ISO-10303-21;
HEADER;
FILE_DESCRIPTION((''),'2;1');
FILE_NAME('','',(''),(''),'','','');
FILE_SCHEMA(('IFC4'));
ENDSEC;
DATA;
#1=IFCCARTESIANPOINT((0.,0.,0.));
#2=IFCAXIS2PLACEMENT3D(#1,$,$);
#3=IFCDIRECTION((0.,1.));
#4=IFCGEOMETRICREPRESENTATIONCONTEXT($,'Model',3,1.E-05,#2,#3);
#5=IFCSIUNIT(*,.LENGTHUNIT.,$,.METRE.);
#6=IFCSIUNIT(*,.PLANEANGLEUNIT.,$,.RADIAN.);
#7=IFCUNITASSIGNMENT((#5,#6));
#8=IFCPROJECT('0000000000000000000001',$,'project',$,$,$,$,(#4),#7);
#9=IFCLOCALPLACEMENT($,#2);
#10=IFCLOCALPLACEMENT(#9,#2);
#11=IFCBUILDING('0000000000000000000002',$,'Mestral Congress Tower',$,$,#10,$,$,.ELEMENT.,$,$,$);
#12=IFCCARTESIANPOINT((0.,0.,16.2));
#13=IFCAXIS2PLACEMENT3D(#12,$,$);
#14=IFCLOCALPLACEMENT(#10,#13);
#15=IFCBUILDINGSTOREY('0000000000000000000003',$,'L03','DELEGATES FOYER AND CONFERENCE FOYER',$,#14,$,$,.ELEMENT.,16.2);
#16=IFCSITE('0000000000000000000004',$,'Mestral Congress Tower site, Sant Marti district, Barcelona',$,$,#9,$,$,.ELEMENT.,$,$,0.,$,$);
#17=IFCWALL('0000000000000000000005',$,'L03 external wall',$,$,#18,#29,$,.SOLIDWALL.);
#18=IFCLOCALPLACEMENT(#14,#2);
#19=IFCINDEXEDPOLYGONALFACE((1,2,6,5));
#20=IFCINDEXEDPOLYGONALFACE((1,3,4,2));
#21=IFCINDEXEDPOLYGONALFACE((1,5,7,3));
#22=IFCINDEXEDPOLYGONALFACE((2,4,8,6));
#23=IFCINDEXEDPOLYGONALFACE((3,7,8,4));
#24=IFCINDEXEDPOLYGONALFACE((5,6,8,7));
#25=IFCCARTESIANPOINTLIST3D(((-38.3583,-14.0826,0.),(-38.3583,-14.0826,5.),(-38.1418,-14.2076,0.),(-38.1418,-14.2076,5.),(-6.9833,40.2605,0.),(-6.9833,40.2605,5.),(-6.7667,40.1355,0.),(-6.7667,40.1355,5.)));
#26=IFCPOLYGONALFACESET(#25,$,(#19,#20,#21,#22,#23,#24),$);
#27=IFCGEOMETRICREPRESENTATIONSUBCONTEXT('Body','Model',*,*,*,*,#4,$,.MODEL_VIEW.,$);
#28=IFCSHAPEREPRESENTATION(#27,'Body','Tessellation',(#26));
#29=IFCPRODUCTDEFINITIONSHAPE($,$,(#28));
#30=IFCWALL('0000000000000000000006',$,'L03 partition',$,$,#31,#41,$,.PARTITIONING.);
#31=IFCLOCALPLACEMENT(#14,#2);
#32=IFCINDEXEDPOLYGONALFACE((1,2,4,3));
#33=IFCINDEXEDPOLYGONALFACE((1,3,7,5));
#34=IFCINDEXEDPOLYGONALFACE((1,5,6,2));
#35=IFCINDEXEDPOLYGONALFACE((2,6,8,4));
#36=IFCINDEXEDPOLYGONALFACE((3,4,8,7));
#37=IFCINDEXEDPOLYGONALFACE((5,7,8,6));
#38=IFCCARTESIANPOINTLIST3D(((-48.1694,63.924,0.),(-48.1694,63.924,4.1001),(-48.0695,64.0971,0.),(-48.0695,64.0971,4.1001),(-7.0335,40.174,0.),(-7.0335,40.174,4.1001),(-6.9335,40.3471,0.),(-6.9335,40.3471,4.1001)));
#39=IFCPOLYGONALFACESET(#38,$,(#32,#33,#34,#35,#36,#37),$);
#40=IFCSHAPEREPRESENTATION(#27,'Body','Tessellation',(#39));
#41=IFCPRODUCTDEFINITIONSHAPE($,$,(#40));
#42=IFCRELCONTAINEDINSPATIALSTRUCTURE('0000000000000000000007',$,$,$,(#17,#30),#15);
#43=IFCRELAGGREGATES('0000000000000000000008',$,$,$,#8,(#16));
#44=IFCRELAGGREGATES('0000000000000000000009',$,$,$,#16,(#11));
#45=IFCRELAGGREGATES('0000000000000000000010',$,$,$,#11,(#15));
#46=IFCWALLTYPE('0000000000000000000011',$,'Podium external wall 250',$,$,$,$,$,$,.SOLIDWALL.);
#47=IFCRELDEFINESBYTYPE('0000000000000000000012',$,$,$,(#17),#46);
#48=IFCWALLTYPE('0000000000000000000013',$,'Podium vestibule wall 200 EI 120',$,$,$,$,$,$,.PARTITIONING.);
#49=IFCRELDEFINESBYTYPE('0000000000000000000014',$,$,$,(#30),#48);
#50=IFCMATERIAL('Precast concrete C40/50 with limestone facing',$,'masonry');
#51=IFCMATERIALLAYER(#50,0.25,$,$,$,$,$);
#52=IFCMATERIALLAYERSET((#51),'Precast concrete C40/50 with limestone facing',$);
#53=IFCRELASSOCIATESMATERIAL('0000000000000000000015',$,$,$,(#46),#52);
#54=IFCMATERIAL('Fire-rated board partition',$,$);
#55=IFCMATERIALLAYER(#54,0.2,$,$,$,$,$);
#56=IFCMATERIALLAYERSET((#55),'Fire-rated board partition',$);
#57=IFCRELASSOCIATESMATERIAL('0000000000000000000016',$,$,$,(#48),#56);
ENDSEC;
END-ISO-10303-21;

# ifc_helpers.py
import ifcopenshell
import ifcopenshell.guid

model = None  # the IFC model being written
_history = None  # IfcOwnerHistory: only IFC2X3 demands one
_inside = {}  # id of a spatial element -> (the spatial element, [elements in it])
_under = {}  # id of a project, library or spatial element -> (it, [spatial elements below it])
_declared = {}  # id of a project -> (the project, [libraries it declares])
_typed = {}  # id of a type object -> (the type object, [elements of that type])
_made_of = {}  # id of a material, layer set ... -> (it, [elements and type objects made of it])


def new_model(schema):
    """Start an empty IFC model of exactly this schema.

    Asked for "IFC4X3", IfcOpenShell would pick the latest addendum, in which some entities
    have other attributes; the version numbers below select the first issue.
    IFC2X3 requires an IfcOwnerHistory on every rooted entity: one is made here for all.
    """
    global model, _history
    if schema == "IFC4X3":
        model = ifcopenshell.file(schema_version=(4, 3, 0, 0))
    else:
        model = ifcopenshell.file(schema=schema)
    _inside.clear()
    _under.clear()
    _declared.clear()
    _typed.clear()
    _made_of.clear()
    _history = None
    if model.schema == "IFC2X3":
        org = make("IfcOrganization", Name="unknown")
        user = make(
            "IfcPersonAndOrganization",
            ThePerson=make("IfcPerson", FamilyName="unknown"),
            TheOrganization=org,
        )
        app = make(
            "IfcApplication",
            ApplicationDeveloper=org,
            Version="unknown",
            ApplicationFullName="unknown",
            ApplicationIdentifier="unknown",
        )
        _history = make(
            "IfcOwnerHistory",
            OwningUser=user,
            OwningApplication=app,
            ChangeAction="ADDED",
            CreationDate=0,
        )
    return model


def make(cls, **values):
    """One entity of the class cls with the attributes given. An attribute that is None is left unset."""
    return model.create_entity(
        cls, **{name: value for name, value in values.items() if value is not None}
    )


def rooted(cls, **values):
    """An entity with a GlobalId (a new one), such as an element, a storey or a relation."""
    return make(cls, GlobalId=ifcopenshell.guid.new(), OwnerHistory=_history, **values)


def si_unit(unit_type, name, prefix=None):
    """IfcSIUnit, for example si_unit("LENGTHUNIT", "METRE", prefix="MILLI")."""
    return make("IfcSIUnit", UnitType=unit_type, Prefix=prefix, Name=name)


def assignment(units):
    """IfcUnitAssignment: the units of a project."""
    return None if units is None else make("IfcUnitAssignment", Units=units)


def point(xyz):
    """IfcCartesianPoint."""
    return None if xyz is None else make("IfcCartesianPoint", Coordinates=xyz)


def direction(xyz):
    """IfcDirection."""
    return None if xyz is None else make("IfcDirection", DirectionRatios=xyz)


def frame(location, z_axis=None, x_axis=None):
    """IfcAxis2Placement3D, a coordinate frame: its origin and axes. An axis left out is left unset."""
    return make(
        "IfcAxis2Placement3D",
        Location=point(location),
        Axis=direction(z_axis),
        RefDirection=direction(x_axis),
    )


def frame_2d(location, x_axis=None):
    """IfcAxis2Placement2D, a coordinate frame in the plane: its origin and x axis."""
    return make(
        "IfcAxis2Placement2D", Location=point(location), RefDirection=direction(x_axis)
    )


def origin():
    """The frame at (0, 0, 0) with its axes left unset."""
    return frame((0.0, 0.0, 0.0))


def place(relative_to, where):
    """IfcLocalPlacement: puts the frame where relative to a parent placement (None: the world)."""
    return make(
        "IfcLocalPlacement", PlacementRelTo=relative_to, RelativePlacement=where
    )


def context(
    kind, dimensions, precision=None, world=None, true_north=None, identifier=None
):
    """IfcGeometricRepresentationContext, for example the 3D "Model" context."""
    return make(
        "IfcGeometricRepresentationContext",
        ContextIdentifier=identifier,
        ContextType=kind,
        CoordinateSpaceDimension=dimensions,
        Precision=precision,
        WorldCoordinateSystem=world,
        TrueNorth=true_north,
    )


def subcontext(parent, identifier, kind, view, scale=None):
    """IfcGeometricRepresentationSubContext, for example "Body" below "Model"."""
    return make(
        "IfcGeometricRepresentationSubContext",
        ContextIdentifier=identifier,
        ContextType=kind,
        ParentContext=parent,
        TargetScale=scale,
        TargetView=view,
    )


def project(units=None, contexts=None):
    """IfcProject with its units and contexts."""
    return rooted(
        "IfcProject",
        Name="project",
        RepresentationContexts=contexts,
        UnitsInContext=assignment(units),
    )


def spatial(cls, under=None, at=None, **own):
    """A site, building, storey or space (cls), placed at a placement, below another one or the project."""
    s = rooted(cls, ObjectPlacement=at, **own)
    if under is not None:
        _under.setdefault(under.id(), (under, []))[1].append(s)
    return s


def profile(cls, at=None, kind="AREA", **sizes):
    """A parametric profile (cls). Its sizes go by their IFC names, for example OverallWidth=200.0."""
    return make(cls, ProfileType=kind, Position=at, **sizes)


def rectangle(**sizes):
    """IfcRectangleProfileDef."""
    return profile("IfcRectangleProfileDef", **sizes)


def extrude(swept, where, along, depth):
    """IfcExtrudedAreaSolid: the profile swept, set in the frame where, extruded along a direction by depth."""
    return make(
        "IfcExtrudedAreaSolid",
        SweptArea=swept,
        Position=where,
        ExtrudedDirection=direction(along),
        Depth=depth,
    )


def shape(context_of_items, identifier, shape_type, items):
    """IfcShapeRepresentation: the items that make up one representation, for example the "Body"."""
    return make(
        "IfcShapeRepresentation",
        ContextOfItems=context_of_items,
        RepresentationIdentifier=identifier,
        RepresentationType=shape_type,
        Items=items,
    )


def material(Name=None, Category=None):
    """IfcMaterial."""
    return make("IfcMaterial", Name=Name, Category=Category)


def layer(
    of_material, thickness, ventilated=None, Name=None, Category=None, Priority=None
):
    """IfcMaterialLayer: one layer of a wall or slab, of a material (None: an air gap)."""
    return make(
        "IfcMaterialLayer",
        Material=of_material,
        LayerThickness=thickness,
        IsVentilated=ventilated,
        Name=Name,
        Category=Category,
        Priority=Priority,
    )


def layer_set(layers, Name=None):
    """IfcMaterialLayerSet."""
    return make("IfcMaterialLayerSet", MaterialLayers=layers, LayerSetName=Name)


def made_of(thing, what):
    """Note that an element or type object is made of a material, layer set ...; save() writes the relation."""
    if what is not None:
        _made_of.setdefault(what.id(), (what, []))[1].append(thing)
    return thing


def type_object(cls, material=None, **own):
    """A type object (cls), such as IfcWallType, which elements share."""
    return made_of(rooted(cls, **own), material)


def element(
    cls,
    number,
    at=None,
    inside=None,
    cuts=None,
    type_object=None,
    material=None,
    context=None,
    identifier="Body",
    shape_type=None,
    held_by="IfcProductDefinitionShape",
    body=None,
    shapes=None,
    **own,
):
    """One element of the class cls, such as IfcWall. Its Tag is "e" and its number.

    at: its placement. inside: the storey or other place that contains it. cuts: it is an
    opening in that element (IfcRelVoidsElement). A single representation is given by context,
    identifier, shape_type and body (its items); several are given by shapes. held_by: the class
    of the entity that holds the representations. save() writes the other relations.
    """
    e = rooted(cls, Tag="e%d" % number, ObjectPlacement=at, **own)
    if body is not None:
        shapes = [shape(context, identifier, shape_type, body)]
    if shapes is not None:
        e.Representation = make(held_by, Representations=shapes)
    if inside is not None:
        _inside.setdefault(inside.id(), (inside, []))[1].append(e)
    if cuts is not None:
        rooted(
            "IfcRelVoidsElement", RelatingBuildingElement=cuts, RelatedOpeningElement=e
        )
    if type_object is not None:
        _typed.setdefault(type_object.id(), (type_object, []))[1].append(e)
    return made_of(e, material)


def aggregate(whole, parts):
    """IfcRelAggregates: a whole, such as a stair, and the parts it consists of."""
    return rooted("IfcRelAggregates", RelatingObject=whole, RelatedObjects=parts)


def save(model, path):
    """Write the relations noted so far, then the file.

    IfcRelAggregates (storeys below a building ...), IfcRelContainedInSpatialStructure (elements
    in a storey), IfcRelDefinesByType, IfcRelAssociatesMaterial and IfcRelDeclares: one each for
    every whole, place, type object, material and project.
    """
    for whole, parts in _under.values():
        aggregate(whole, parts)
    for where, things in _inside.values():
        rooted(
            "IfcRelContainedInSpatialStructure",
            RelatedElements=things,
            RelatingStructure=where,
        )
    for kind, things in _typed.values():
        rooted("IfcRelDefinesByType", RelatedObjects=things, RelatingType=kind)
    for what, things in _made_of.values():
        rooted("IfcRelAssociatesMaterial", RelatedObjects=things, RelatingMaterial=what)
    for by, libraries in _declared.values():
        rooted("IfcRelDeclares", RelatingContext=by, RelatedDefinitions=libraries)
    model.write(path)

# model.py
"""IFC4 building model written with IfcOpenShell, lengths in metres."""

from ifc_helpers import new_model, si_unit, direction, frame, frame_2d, origin, place, context, subcontext, project, spatial, rectangle, extrude, material, layer, layer_set, type_object, element, save


model = new_model("IFC4")

# Units and contexts
model_context = context("Model", 3, precision=1e-05, world=origin(), true_north=direction((0.0, 1.0)))
body_context = subcontext(model_context, "Body", "Model", "MODEL_VIEW")
ifc_project = project(units=[si_unit("LENGTHUNIT", "METRE"), si_unit("PLANEANGLEUNIT", "RADIAN")], contexts=[model_context])

# Site, building, storey
site_placement = place(None, origin())
site = spatial("IfcSite", under=ifc_project, at=site_placement, Name="Mestral Congress Tower site, Sant Marti district, Barcelona", CompositionType="ELEMENT", RefElevation=0.0)
building_placement = place(site_placement, origin())
building = spatial("IfcBuilding", under=site, at=building_placement, Name="Mestral Congress Tower", CompositionType="ELEMENT")
storey_placement = place(building_placement, frame((0.0, 0.0, 16.2)))
storey = spatial("IfcBuildingStorey", under=building, at=storey_placement, Name="L03", Description="DELEGATES FOYER AND CONFERENCE FOYER", CompositionType="ELEMENT", Elevation=16.2)

# Walls
ifc_material_1 = material(Name="Precast concrete C40/50 with limestone facing", Category="masonry")
ifc_layer_1 = layer(ifc_material_1, 0.25)
ifc_layer_set_1 = layer_set([ifc_layer_1], Name="Precast concrete C40/50 with limestone facing")
wall_type_1 = type_object("IfcWallType", Name="Podium external wall 250", PredefinedType="SOLIDWALL", material=ifc_layer_set_1)
wall_1_placement = place(storey_placement, frame((-6.875, 40.198, 0.0), z_axis=(0.0, 0.0, 1.0), x_axis=(-0.500001, -0.866025, 0.0)))
element("IfcWall", 1, at=wall_1_placement, inside=storey, type_object=wall_type_1, Name="L03 external wall", PredefinedType="SOLIDWALL", context=body_context, shape_type="SweptSolid", body=[
    extrude(rectangle(XDim=62.75, YDim=0.25, at=frame_2d((31.375, 0.0))), origin(), (0.0, 0.0, 1.0), 5.0),
])
ifc_material_2 = material(Name="Fire-rated board partition")
ifc_layer_2 = layer(ifc_material_2, 0.2)
ifc_layer_set_2 = layer_set([ifc_layer_2], Name="Fire-rated board partition")
wall_type_2 = type_object("IfcWallType", Name="Podium vestibule wall 200 EI 120", PredefinedType="PARTITIONING", material=ifc_layer_set_2)
wall_2_placement = place(storey_placement, frame((-6.9834, 40.2605, 0.0), z_axis=(0.0, 0.0, 1.0), x_axis=(-0.866024, 0.500002, 0.0)))
element("IfcWall", 2, at=wall_2_placement, inside=storey, type_object=wall_type_2, Name="L03 partition", PredefinedType="PARTITIONING", context=body_context, shape_type="SweptSolid", body=[
    extrude(rectangle(XDim=47.4998, YDim=0.2, at=frame_2d((23.75, 0.0))), origin(), (0.0, 0.0, 1.0), 4.1001),
])

save(model, "model.ifc")
